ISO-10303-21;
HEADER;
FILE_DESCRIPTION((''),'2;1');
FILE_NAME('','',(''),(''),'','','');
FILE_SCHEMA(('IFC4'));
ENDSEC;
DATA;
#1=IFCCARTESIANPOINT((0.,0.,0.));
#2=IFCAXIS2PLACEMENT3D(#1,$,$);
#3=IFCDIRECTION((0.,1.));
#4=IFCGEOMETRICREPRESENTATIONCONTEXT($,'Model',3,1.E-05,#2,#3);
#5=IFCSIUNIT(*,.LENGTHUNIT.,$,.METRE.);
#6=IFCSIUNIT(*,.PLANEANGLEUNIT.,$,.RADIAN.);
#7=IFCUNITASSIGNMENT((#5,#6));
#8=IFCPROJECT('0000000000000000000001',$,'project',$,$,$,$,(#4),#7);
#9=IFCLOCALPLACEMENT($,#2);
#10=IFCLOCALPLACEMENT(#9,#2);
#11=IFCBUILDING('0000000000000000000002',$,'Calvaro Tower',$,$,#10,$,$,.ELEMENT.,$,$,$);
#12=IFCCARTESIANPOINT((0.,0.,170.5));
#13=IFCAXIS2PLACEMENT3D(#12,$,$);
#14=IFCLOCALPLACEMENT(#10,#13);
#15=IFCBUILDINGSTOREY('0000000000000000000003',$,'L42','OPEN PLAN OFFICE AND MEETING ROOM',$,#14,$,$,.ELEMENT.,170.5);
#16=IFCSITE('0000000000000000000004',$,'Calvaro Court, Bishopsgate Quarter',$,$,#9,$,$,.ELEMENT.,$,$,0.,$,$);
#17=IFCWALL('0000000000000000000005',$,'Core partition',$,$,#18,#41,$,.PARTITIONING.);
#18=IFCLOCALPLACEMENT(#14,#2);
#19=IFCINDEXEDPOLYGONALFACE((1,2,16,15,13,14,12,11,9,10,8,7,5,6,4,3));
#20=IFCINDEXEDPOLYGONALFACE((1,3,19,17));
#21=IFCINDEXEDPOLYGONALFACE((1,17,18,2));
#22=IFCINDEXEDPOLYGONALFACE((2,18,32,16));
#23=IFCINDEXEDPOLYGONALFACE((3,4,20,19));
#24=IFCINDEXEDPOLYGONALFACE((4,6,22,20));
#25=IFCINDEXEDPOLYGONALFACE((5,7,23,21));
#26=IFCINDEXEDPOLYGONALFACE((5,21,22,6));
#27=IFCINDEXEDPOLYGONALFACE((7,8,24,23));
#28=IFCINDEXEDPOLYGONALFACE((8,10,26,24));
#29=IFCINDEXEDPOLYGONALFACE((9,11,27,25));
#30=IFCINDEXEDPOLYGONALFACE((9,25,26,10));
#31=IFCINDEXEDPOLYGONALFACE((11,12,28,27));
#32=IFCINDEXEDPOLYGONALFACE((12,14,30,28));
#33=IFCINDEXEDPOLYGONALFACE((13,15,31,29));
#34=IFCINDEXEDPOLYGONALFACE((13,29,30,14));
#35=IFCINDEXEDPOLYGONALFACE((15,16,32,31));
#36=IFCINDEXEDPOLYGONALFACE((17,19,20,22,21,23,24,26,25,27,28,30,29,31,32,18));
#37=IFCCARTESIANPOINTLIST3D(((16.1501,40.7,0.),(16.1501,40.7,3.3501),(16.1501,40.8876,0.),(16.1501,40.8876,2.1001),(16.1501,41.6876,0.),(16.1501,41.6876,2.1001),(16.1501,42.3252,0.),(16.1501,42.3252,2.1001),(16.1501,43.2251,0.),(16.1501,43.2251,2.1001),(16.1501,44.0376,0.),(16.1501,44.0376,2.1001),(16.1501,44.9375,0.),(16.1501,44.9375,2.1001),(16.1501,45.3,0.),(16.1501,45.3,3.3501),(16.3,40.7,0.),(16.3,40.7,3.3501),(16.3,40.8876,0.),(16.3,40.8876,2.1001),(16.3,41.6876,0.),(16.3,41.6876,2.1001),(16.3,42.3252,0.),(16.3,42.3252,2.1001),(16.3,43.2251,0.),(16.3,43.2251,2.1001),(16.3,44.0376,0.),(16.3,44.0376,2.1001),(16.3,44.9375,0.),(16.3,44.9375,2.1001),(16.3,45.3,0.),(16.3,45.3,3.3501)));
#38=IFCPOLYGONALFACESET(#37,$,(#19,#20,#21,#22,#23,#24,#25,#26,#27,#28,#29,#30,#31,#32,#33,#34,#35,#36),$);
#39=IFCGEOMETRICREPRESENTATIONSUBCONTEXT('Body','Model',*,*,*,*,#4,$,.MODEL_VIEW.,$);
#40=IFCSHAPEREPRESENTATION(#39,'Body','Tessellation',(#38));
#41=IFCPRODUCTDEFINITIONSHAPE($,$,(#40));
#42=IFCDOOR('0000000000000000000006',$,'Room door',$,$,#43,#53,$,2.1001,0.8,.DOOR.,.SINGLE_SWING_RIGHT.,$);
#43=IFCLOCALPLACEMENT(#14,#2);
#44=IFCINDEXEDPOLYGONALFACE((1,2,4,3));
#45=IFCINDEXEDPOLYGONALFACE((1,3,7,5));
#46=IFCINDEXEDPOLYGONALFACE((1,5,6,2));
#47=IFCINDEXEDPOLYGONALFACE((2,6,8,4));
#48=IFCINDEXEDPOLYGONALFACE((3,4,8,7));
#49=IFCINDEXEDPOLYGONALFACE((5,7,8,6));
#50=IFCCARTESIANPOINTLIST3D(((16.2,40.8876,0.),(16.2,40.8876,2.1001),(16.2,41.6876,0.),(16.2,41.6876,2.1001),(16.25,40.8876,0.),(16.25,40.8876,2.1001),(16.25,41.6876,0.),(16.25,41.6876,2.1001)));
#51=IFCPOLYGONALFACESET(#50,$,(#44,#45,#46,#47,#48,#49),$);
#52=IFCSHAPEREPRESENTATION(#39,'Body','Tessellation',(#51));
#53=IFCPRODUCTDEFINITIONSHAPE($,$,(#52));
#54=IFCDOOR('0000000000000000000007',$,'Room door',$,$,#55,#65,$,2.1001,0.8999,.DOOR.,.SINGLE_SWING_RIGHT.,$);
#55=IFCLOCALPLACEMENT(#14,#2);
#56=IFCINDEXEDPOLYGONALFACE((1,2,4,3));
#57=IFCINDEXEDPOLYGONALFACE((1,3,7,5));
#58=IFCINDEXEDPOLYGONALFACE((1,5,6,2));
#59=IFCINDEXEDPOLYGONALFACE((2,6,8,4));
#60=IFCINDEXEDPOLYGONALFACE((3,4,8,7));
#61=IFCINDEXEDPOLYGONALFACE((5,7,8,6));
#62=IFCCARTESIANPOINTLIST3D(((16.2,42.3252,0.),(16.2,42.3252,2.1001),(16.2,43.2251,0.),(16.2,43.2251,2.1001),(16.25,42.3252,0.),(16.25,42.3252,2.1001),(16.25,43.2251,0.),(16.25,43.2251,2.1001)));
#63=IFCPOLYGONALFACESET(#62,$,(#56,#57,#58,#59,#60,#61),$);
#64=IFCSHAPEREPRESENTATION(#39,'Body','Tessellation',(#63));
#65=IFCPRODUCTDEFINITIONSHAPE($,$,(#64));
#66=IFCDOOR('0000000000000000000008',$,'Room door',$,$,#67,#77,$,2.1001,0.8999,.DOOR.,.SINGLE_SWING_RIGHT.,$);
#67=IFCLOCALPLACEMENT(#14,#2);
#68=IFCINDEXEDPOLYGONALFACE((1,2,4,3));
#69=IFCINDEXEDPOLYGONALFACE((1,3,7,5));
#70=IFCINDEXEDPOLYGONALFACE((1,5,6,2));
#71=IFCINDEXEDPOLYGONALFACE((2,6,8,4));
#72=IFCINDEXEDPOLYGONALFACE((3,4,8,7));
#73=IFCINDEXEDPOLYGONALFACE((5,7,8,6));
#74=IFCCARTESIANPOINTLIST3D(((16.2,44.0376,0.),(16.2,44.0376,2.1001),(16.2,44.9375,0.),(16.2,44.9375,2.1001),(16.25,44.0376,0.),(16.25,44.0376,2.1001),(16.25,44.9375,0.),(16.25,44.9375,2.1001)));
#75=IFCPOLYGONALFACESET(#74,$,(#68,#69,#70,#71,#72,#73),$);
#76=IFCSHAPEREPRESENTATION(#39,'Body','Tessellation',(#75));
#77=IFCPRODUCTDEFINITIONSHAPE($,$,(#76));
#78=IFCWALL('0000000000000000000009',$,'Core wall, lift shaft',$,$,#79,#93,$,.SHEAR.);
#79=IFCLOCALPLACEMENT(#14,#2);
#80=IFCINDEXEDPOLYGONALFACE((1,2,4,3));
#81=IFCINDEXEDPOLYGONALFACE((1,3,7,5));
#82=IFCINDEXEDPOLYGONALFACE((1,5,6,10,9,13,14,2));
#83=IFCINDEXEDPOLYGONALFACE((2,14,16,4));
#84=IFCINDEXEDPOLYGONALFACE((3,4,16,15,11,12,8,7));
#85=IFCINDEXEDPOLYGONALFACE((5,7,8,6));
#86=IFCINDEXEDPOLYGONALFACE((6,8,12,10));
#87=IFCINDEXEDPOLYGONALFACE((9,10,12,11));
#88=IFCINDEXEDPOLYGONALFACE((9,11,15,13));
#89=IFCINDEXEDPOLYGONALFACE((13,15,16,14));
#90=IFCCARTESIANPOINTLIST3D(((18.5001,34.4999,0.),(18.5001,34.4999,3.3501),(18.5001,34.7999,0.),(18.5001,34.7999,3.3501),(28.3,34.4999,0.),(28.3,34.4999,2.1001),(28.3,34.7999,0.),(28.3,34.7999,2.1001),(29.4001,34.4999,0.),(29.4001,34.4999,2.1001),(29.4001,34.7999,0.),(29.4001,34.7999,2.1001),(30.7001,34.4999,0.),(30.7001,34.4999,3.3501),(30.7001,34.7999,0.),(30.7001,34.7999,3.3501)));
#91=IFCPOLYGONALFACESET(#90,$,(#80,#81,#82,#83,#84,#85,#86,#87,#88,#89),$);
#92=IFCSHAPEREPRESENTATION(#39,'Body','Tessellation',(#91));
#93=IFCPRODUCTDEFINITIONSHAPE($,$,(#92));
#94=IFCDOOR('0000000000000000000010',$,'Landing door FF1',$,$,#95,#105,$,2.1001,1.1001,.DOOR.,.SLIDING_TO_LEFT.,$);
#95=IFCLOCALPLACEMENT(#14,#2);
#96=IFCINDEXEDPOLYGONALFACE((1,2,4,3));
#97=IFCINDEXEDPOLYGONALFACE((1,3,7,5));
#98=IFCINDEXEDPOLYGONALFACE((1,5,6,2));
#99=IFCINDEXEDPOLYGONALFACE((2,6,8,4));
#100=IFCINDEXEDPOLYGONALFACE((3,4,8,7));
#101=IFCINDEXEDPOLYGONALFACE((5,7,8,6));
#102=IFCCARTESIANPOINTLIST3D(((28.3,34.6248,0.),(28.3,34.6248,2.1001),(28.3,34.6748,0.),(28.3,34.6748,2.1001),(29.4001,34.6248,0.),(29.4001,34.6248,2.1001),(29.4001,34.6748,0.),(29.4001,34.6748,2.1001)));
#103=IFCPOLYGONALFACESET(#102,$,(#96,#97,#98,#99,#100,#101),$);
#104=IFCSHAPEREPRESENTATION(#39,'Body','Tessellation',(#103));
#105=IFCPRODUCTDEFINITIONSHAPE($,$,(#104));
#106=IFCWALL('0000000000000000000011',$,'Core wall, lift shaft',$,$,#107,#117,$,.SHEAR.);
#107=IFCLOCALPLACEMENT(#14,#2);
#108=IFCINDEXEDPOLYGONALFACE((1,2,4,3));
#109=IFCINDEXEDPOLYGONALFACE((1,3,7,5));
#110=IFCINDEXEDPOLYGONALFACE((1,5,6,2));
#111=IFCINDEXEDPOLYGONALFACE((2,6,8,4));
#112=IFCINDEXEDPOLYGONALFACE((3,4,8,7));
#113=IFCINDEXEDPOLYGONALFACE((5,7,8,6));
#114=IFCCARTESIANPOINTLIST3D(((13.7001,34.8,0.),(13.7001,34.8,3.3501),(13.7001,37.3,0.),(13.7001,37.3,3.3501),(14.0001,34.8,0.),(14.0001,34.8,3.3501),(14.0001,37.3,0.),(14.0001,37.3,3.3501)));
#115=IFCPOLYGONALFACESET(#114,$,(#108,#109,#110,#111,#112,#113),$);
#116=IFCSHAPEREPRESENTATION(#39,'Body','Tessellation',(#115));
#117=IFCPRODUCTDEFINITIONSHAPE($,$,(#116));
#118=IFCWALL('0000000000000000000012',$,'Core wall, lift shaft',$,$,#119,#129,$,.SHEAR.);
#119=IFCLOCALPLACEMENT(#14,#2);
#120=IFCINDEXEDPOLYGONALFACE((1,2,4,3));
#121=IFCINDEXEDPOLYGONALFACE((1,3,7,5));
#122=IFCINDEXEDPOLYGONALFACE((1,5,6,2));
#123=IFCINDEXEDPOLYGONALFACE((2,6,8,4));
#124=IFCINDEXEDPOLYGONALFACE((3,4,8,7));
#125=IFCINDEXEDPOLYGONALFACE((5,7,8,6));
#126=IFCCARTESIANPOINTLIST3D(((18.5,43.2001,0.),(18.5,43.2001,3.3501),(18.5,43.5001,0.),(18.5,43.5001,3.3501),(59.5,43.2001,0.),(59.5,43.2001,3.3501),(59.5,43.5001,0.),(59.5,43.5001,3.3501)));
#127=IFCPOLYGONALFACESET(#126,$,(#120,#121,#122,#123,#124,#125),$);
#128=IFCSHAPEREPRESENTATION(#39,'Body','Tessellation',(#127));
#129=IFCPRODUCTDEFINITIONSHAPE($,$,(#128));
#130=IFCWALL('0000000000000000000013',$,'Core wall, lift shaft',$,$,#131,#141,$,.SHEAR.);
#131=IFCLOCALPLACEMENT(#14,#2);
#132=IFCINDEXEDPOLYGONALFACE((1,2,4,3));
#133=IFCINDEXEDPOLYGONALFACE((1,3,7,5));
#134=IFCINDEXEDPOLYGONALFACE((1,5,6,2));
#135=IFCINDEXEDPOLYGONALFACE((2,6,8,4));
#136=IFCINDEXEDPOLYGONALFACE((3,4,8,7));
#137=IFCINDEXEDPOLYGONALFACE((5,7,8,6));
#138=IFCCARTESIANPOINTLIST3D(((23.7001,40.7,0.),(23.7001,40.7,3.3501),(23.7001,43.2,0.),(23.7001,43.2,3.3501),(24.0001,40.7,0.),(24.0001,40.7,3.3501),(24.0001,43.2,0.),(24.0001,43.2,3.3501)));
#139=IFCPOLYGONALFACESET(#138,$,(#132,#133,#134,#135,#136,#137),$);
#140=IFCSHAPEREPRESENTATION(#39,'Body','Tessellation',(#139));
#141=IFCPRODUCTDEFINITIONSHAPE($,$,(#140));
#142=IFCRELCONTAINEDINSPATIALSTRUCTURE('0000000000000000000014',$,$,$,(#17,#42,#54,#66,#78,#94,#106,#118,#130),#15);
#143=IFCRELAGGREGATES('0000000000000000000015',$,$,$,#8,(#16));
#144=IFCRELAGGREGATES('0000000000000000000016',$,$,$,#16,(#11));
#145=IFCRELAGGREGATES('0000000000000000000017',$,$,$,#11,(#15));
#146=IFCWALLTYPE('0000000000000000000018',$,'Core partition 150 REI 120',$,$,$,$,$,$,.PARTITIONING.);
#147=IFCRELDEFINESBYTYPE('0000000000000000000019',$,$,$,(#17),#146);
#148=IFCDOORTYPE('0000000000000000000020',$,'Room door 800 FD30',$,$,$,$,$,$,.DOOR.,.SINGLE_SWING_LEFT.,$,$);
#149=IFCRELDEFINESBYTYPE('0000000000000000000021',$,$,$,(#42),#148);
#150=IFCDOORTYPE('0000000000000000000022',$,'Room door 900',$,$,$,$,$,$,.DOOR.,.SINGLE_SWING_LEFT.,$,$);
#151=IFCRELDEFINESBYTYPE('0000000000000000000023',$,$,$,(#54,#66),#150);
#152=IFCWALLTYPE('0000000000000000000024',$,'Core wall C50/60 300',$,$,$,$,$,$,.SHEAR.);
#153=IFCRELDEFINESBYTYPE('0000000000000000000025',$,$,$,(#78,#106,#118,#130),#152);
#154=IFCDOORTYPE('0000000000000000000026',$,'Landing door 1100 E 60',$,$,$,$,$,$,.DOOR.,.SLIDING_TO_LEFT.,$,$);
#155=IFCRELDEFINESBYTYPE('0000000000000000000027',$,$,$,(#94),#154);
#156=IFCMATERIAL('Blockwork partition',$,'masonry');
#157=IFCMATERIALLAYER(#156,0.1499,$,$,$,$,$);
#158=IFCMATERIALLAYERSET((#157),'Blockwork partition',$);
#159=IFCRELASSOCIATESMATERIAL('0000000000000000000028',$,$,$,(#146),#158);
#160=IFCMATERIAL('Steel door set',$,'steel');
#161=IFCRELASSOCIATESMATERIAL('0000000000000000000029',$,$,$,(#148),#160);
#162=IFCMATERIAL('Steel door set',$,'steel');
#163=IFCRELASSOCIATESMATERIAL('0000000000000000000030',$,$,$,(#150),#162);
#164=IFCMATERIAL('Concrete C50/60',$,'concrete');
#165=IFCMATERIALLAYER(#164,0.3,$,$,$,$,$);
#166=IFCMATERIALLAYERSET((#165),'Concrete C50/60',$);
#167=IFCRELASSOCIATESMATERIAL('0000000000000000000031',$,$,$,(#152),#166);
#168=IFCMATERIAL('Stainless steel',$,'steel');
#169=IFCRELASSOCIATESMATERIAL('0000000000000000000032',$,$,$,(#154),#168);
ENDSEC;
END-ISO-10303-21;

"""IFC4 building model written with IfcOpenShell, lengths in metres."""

from ifc_helpers import new_model, si_unit, direction, frame, frame_2d, origin, place, context, subcontext, project, spatial, rectangle, extrude, material, layer, layer_set, type_object, element, fill, save


model = new_model("IFC4")

# Units and contexts
model_context = context("Model", 3, precision=1e-05, world=origin(), true_north=direction((0.0, 1.0)))
body_context = subcontext(model_context, "Body", "Model", "MODEL_VIEW")
ifc_project = project(units=[si_unit("LENGTHUNIT", "METRE"), si_unit("PLANEANGLEUNIT", "RADIAN")], contexts=[model_context])

# Site, building, storey
site_placement = place(None, origin())
site = spatial("IfcSite", under=ifc_project, at=site_placement, Name="Calvaro Court, Bishopsgate Quarter", CompositionType="ELEMENT", RefElevation=0.0)
building_placement = place(site_placement, origin())
building = spatial("IfcBuilding", under=site, at=building_placement, Name="Calvaro Tower", CompositionType="ELEMENT")
storey_placement = place(building_placement, frame((0.0, 0.0, 170.5)))
storey = spatial("IfcBuildingStorey", under=building, at=storey_placement, Name="L42", Description="OPEN PLAN OFFICE AND MEETING ROOM", CompositionType="ELEMENT", Elevation=170.5)

# Wall, openings, doors
ifc_material_1 = material(Name="Blockwork partition", Category="masonry")
ifc_layer_1 = layer(ifc_material_1, 0.1499)
ifc_layer_set_1 = layer_set([ifc_layer_1], Name="Blockwork partition")
wall_type_1 = type_object("IfcWallType", Name="Core partition 150 REI 120", PredefinedType="PARTITIONING", material=ifc_layer_set_1)
wall_1_placement = place(storey_placement, frame((16.2251, 45.3, 0.0), z_axis=(0.0, 0.0, 1.0), x_axis=(0.0, -1.0, 0.0)))
wall_1 = element("IfcWall", 1, at=wall_1_placement, inside=storey, type_object=wall_type_1, Name="Core partition", PredefinedType="PARTITIONING", context=body_context, shape_type="SweptSolid", body=[
    extrude(rectangle(XDim=4.6001, YDim=0.1499, at=frame_2d((2.3, 0.0))), origin(), (0.0, 0.0, 1.0), 3.3501),
])
opening_1_placement = place(wall_1_placement, frame((3.6125, 0.0, 0.0)))
opening_1 = element("IfcOpeningElement", 2, at=opening_1_placement, cuts=wall_1, PredefinedType="OPENING", context=body_context, shape_type="SweptSolid", body=[
    extrude(rectangle(XDim=0.8, YDim=2.1001, at=frame_2d((0.3999, 1.05))), frame((0.0, 0.085, 0.0), z_axis=(0.0, -1.0, 0.0), x_axis=(1.0, 0.0, 0.0)), (0.0, 0.0, 1.0), 0.1699),
])
opening_2_placement = place(wall_1_placement, frame((2.075, 0.0, 0.0)))
opening_2 = element("IfcOpeningElement", 3, at=opening_2_placement, cuts=wall_1, PredefinedType="OPENING", context=body_context, shape_type="SweptSolid", body=[
    extrude(rectangle(XDim=0.8999, YDim=2.1001, at=frame_2d((0.45, 1.05))), frame((0.0, 0.085, 0.0), z_axis=(0.0, -1.0, 0.0), x_axis=(1.0, 0.0, 0.0)), (0.0, 0.0, 1.0), 0.1699),
])
opening_3_placement = place(wall_1_placement, frame((0.3625, 0.0, 0.0)))
opening_3 = element("IfcOpeningElement", 4, at=opening_3_placement, cuts=wall_1, PredefinedType="OPENING", context=body_context, shape_type="SweptSolid", body=[
    extrude(rectangle(XDim=0.8999, YDim=2.1001, at=frame_2d((0.45, 1.05))), frame((0.0, 0.085, 0.0), z_axis=(0.0, -1.0, 0.0), x_axis=(1.0, 0.0, 0.0)), (0.0, 0.0, 1.0), 0.1699),
])
ifc_material_2 = material(Name="Steel door set", Category="steel")
door_type_1 = type_object("IfcDoorType", Name="Room door 800 FD30", OperationType="SINGLE_SWING_LEFT", PredefinedType="DOOR", material=ifc_material_2)
door_1_placement = place(opening_1_placement, origin())
door_1 = element("IfcDoor", 5, at=door_1_placement, inside=storey, type_object=door_type_1, Name="Room door", OperationType="SINGLE_SWING_RIGHT", OverallHeight=2.1001, OverallWidth=0.8, PredefinedType="DOOR", context=body_context, shape_type="SweptSolid", body=[
    extrude(rectangle(XDim=0.8, YDim=2.1001, at=frame_2d((0.3999, 1.05))), frame((0.0, 0.0249, 0.0), z_axis=(0.0, -1.0, 0.0), x_axis=(1.0, 0.0, 0.0)), (0.0, 0.0, 1.0), 0.05),
])
fill(opening_1, door_1)
ifc_material_3 = material(Name="Steel door set", Category="steel")
door_type_2 = type_object("IfcDoorType", Name="Room door 900", OperationType="SINGLE_SWING_LEFT", PredefinedType="DOOR", material=ifc_material_3)
door_2_placement = place(opening_2_placement, origin())
door_2 = element("IfcDoor", 6, at=door_2_placement, inside=storey, type_object=door_type_2, Name="Room door", OperationType="SINGLE_SWING_RIGHT", OverallHeight=2.1001, OverallWidth=0.8999, PredefinedType="DOOR", context=body_context, shape_type="SweptSolid", body=[
    extrude(rectangle(XDim=0.8999, YDim=2.1001, at=frame_2d((0.45, 1.05))), frame((0.0, 0.0249, 0.0), z_axis=(0.0, -1.0, 0.0), x_axis=(1.0, 0.0, 0.0)), (0.0, 0.0, 1.0), 0.05),
])
fill(opening_2, door_2)
door_3_placement = place(opening_3_placement, origin())
door_3 = element("IfcDoor", 7, at=door_3_placement, inside=storey, type_object=door_type_2, Name="Room door", OperationType="SINGLE_SWING_RIGHT", OverallHeight=2.1001, OverallWidth=0.8999, PredefinedType="DOOR", context=body_context, shape_type="SweptSolid", body=[
    extrude(rectangle(XDim=0.8999, YDim=2.1001, at=frame_2d((0.45, 1.05))), frame((0.0, 0.0249, 0.0), z_axis=(0.0, -1.0, 0.0), x_axis=(1.0, 0.0, 0.0)), (0.0, 0.0, 1.0), 0.05),
])
fill(opening_3, door_3)

# Wall, opening, door
ifc_material_4 = material(Name="Concrete C50/60", Category="concrete")
ifc_layer_2 = layer(ifc_material_4, 0.3)
ifc_layer_set_2 = layer_set([ifc_layer_2], Name="Concrete C50/60")
wall_type_2 = type_object("IfcWallType", Name="Core wall C50/60 300", PredefinedType="SHEAR", material=ifc_layer_set_2)
wall_2_placement = place(storey_placement, frame((18.5, 34.6499, 0.0), z_axis=(0.0, 0.0, 1.0), x_axis=(1.0, 0.0, 0.0)))
wall_2 = element("IfcWall", 8, at=wall_2_placement, inside=storey, type_object=wall_type_2, Name="Core wall, lift shaft", PredefinedType="SHEAR", context=body_context, shape_type="SweptSolid", body=[
    extrude(rectangle(XDim=12.2, YDim=0.3, at=frame_2d((6.1001, 0.0))), origin(), (0.0, 0.0, 1.0), 3.3501),
])
opening_4_placement = place(wall_2_placement, frame((9.8, 0.0, 0.0)))
opening_4 = element("IfcOpeningElement", 9, at=opening_4_placement, cuts=wall_2, PredefinedType="OPENING", context=body_context, shape_type="SweptSolid", body=[
    extrude(rectangle(XDim=1.1001, YDim=2.1001, at=frame_2d((0.55, 1.05))), frame((0.0, 0.1599, 0.0), z_axis=(0.0, -1.0, 0.0), x_axis=(1.0, 0.0, 0.0)), (0.0, 0.0, 1.0), 0.3201),
])
ifc_material_5 = material(Name="Stainless steel", Category="steel")
door_type_3 = type_object("IfcDoorType", Name="Landing door 1100 E 60", OperationType="SLIDING_TO_LEFT", PredefinedType="DOOR", material=ifc_material_5)
door_4_placement = place(opening_4_placement, origin())
door_4 = element("IfcDoor", 10, at=door_4_placement, inside=storey, type_object=door_type_3, Name="Landing door FF1", OperationType="SLIDING_TO_LEFT", OverallHeight=2.1001, OverallWidth=1.1001, PredefinedType="DOOR", context=body_context, shape_type="SweptSolid", body=[
    extrude(rectangle(XDim=1.1001, YDim=2.1001, at=frame_2d((0.55, 1.05))), frame((0.0, 0.0249, 0.0), z_axis=(0.0, -1.0, 0.0), x_axis=(1.0, 0.0, 0.0)), (0.0, 0.0, 1.0), 0.05),
])
fill(opening_4, door_4)

# Wall
wall_3_placement = place(storey_placement, frame((13.8501, 34.8, 0.0), z_axis=(0.0, 0.0, 1.0), x_axis=(0.0, 1.0, 0.0)))
element("IfcWall", 11, at=wall_3_placement, inside=storey, type_object=wall_type_2, Name="Core wall, lift shaft", PredefinedType="SHEAR", context=body_context, shape_type="SweptSolid", body=[
    extrude(rectangle(XDim=2.5, YDim=0.3, at=frame_2d((1.25, 0.0))), origin(), (0.0, 0.0, 1.0), 3.3501),
])

# Walls
wall_4_placement = place(storey_placement, frame((18.5, 43.3501, 0.0), z_axis=(0.0, 0.0, 1.0), x_axis=(1.0, 0.0, 0.0)))
element("IfcWall", 12, at=wall_4_placement, inside=storey, type_object=wall_type_2, Name="Core wall, lift shaft", PredefinedType="SHEAR", context=body_context, shape_type="SweptSolid", body=[
    extrude(rectangle(XDim=41.0, YDim=0.3, at=frame_2d((20.5, 0.0))), origin(), (0.0, 0.0, 1.0), 3.3501),
])
wall_5_placement = place(storey_placement, frame((23.8501, 40.7, 0.0), z_axis=(0.0, 0.0, 1.0), x_axis=(0.0, 1.0, 0.0)))
element("IfcWall", 13, at=wall_5_placement, inside=storey, type_object=wall_type_2, Name="Core wall, lift shaft", PredefinedType="SHEAR", context=body_context, shape_type="SweptSolid", body=[
    extrude(rectangle(XDim=2.5, YDim=0.3, at=frame_2d((1.25, 0.0))), origin(), (0.0, 0.0, 1.0), 3.3501),
])

save(model, "model.ifc")
